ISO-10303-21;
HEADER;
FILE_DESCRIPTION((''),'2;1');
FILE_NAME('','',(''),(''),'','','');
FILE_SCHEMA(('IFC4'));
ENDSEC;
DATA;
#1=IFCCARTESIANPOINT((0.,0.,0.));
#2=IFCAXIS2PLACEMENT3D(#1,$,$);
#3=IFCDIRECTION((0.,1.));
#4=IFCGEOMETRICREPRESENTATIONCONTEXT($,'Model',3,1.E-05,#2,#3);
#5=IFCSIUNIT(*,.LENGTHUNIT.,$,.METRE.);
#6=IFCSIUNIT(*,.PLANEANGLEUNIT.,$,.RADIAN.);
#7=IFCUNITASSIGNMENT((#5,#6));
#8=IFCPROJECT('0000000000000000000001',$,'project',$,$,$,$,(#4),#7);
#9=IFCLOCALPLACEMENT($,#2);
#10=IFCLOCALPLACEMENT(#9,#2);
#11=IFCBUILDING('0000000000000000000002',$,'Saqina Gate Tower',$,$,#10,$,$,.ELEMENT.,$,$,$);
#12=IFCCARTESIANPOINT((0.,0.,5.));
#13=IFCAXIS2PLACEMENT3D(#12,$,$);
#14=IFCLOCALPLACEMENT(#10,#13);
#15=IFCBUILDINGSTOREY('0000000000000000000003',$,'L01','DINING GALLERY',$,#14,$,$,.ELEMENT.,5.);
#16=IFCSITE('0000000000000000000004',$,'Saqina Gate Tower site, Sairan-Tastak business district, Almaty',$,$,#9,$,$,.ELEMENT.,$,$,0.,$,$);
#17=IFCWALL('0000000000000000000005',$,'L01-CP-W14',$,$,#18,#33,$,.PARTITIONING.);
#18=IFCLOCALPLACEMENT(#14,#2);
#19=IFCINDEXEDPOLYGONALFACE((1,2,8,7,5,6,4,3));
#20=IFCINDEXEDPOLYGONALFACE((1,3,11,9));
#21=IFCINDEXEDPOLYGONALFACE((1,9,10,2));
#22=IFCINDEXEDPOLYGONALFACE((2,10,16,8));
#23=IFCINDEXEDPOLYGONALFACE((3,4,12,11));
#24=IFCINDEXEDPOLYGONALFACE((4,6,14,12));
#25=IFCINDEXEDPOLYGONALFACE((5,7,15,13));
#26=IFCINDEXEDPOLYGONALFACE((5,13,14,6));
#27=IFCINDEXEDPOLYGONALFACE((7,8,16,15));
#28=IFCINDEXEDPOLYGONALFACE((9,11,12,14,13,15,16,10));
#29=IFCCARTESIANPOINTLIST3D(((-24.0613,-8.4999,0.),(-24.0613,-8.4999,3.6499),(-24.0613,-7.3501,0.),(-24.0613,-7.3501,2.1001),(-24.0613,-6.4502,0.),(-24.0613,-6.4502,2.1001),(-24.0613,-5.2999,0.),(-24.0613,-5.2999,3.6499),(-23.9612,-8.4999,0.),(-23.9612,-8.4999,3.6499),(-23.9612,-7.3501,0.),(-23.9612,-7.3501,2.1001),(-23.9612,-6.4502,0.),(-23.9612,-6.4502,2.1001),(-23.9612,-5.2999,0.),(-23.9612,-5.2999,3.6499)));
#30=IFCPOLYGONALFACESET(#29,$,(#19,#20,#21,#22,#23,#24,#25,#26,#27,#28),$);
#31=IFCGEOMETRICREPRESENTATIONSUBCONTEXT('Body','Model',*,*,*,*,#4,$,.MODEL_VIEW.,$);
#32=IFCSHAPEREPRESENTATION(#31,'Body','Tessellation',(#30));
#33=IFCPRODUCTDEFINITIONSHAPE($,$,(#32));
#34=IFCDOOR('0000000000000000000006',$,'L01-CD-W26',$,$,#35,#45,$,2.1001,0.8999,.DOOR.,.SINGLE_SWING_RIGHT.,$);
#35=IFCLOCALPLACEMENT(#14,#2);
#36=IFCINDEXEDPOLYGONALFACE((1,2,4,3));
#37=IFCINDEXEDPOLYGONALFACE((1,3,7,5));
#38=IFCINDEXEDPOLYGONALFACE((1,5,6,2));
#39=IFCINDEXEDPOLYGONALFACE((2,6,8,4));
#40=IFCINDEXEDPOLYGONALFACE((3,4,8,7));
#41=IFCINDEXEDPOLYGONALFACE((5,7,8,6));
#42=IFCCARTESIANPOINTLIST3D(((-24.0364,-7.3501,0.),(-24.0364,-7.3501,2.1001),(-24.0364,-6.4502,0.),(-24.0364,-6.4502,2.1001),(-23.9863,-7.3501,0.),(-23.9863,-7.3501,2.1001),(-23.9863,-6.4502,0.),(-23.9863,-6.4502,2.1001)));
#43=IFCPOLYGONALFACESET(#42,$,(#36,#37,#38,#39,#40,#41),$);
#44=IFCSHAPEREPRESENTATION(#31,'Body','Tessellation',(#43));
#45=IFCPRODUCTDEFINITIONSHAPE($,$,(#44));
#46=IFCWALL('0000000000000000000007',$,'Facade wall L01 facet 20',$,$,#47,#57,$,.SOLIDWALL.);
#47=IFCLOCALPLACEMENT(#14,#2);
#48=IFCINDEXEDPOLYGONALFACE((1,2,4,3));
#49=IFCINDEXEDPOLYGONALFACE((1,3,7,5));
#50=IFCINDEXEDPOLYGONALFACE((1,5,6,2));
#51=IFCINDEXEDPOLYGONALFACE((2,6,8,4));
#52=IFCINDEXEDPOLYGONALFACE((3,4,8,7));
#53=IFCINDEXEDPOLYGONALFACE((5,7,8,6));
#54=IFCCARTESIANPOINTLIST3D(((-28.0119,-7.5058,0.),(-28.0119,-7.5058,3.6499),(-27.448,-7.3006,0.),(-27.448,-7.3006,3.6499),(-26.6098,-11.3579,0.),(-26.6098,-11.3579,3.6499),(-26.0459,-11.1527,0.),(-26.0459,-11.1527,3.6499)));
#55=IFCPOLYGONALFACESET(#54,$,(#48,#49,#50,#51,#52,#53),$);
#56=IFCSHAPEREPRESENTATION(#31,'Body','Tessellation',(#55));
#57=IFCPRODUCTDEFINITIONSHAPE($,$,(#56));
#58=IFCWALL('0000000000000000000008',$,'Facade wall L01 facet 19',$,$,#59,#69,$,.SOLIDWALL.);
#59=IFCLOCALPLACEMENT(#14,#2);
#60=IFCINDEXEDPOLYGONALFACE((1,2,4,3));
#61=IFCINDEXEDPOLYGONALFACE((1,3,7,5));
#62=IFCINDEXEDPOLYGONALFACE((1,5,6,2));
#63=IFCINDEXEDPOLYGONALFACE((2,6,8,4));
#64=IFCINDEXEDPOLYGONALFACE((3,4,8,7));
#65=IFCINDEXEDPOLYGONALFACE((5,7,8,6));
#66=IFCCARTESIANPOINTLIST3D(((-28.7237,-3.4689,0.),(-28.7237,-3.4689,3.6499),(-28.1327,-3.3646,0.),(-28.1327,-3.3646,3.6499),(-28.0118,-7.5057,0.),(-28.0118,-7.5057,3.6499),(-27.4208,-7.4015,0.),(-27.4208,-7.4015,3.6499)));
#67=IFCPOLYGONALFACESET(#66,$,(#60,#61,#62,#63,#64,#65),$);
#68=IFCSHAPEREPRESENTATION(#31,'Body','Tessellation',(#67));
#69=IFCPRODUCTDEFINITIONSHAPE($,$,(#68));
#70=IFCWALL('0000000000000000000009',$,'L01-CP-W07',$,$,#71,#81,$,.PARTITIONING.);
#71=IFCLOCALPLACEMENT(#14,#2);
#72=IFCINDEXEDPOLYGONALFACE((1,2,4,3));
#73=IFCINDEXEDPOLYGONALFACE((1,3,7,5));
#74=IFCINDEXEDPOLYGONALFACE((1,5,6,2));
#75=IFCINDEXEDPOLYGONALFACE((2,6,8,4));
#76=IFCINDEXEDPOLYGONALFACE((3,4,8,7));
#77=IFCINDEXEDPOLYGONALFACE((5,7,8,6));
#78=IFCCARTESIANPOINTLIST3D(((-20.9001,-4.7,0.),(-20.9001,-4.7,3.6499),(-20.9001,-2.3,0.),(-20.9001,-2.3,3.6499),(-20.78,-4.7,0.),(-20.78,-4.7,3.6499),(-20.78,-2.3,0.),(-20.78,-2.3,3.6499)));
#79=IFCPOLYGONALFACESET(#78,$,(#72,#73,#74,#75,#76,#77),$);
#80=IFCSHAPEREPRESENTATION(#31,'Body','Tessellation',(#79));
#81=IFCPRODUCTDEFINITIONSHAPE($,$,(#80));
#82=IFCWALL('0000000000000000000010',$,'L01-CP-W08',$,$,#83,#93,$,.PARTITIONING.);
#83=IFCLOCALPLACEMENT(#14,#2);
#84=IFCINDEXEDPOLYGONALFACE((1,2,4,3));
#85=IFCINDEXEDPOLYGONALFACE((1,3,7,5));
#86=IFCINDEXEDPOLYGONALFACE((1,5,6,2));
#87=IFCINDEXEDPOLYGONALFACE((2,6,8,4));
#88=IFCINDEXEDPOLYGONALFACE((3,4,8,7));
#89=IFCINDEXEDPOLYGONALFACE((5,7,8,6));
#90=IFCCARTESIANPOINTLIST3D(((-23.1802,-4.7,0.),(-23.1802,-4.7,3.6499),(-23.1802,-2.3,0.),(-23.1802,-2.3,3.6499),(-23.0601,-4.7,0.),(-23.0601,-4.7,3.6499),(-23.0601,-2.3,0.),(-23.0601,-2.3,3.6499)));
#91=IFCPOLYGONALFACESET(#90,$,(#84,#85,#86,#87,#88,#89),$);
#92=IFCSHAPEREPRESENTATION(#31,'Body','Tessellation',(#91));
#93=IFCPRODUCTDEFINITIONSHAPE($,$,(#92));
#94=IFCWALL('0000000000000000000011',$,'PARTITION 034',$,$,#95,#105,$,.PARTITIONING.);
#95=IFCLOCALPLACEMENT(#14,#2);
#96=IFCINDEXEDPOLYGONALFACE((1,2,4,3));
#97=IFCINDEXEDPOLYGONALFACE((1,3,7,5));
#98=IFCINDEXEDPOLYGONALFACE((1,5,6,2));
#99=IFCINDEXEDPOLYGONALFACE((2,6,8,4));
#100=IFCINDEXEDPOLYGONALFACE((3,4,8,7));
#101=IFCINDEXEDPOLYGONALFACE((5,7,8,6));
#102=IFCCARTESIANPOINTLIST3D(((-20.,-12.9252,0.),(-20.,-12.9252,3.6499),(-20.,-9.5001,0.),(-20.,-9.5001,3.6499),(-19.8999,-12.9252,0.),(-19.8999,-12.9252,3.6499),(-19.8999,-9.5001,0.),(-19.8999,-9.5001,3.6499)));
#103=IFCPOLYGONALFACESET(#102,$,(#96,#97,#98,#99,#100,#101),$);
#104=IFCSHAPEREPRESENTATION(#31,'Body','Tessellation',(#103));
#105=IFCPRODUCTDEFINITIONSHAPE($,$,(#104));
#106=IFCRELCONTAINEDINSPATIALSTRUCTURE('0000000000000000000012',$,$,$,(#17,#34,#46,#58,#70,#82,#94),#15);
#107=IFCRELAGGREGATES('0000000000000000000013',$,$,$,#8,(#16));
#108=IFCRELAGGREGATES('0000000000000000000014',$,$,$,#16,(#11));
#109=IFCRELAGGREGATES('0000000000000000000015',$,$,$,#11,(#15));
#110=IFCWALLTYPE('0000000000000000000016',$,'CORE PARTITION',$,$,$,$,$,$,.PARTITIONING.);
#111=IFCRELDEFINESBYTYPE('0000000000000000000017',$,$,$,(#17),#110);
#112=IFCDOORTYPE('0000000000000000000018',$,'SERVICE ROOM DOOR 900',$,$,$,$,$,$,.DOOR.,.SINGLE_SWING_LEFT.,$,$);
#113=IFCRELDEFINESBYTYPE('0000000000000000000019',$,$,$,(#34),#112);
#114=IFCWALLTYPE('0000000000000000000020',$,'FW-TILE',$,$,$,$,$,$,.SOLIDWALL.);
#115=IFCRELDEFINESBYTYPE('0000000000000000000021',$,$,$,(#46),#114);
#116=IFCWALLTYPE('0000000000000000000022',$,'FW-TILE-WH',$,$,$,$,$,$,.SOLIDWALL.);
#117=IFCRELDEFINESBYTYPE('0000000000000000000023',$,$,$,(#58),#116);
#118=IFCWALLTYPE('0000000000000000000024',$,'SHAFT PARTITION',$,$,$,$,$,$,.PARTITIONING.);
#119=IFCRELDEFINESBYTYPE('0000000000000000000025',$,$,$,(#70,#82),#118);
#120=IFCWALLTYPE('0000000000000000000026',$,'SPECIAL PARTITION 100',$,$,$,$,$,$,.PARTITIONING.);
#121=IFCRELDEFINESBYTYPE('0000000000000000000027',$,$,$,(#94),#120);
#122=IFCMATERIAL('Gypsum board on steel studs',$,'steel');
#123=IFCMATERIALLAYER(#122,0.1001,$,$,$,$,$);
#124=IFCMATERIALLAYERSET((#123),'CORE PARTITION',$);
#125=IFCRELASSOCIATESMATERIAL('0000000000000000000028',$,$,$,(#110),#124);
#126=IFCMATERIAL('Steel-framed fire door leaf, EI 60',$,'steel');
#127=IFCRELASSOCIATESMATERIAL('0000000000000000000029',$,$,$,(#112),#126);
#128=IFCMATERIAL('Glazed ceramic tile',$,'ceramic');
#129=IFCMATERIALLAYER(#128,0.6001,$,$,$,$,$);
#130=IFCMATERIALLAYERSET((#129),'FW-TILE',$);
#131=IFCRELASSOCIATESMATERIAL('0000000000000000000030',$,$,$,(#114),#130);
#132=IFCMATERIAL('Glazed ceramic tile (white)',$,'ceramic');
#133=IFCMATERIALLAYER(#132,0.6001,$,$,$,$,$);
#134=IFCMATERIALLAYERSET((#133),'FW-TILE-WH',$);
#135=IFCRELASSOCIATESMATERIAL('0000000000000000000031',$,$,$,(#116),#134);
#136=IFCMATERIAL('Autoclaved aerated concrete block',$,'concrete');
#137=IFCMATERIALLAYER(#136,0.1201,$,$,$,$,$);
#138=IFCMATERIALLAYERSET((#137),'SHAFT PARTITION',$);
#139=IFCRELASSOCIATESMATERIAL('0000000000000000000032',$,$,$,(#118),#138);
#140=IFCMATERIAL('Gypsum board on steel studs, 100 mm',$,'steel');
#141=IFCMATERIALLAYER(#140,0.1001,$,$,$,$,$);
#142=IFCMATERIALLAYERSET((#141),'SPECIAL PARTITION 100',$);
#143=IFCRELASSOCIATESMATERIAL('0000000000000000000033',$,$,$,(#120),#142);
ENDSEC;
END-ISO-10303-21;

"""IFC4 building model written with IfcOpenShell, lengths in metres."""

from ifc_helpers import new_model, si_unit, direction, frame, frame_2d, origin, place, context, subcontext, project, spatial, rectangle, extrude, material, layer, layer_set, type_object, element, fill, save


model = new_model("IFC4")

# Units and contexts
model_context = context("Model", 3, precision=1e-05, world=origin(), true_north=direction((0.0, 1.0)))
body_context = subcontext(model_context, "Body", "Model", "MODEL_VIEW")
ifc_project = project(units=[si_unit("LENGTHUNIT", "METRE"), si_unit("PLANEANGLEUNIT", "RADIAN")], contexts=[model_context])

# Site, building, storey
site_placement = place(None, origin())
site = spatial("IfcSite", under=ifc_project, at=site_placement, Name="Saqina Gate Tower site, Sairan-Tastak business district, Almaty", CompositionType="ELEMENT", RefElevation=0.0)
building_placement = place(site_placement, origin())
building = spatial("IfcBuilding", under=site, at=building_placement, Name="Saqina Gate Tower", CompositionType="ELEMENT")
storey_placement = place(building_placement, frame((0.0, 0.0, 5.0)))
storey = spatial("IfcBuildingStorey", under=building, at=storey_placement, Name="L01", Description="DINING GALLERY", CompositionType="ELEMENT", Elevation=5.0)

# Wall, opening, door
ifc_material_1 = material(Name="Gypsum board on steel studs", Category="steel")
ifc_layer_1 = layer(ifc_material_1, 0.1001)
ifc_layer_set_1 = layer_set([ifc_layer_1], Name="CORE PARTITION")
wall_type_1 = type_object("IfcWallType", Name="CORE PARTITION", PredefinedType="PARTITIONING", material=ifc_layer_set_1)
ifc_material_2 = material(Name="Steel-framed fire door leaf, EI 60", Category="steel")
door_type_1 = type_object("IfcDoorType", Name="SERVICE ROOM DOOR 900", OperationType="SINGLE_SWING_LEFT", PredefinedType="DOOR", material=ifc_material_2)
wall_1_placement = place(storey_placement, frame((-24.0112, -8.5, 0.0), z_axis=(0.0, 0.0, 1.0), x_axis=(0.0, 1.0, 0.0)))
wall_1 = element("IfcWall", 1, at=wall_1_placement, inside=storey, type_object=wall_type_1, Name="L01-CP-W14", PredefinedType="PARTITIONING", context=body_context, shape_type="SweptSolid", body=[
    extrude(rectangle(XDim=3.2, YDim=0.1001, at=frame_2d((1.6001, 0.0))), origin(), (0.0, 0.0, 1.0), 3.6499),
])
opening_1_placement = place(wall_1_placement, frame((1.1499, 0.0, 0.0)))
opening_1 = element("IfcOpeningElement", 2, at=opening_1_placement, cuts=wall_1, PredefinedType="OPENING", context=body_context, shape_type="SweptSolid", body=[
    extrude(rectangle(XDim=0.8999, YDim=2.1001, at=frame_2d((0.45, 1.05))), frame((0.0, 0.062, 0.0), z_axis=(0.0, -1.0, 0.0), x_axis=(1.0, 0.0, 0.0)), (0.0, 0.0, 1.0), 0.124),
])
door_1_placement = place(opening_1_placement, frame((0.8999, 0.0, 0.0), z_axis=(0.0, 0.0, 1.0), x_axis=(-1.0, 0.0, 0.0)))
door_1 = element("IfcDoor", 3, at=door_1_placement, inside=storey, type_object=door_type_1, Name="L01-CD-W26", OperationType="SINGLE_SWING_RIGHT", OverallHeight=2.1001, OverallWidth=0.8999, PredefinedType="DOOR", context=body_context, shape_type="SweptSolid", body=[
    extrude(rectangle(XDim=0.8999, YDim=2.1001, at=frame_2d((0.45, 1.05))), frame((0.0, 0.0249, 0.0), z_axis=(0.0, -1.0, 0.0), x_axis=(1.0, 0.0, 0.0)), (0.0, 0.0, 1.0), 0.05),
])
fill(opening_1, door_1)

# Walls
ifc_material_3 = material(Name="Glazed ceramic tile", Category="ceramic")
ifc_layer_2 = layer(ifc_material_3, 0.6001)
ifc_layer_set_2 = layer_set([ifc_layer_2], Name="FW-TILE")
wall_type_2 = type_object("IfcWallType", Name="FW-TILE", PredefinedType="SOLIDWALL", material=ifc_layer_set_2)
wall_2_placement = place(storey_placement, frame((-27.73, -7.4031, 0.0), z_axis=(0.0, 0.0, 1.0), x_axis=(0.342035, -0.939687, 0.0)))
element("IfcWall", 4, at=wall_2_placement, inside=storey, type_object=wall_type_2, Name="Facade wall L01 facet 20", PredefinedType="SOLIDWALL", context=body_context, shape_type="SweptSolid", body=[
    extrude(rectangle(XDim=4.0994, YDim=0.6001, at=frame_2d((2.0498, 0.0))), origin(), (0.0, 0.0, 1.0), 3.6499),
])
ifc_material_4 = material(Name="Glazed ceramic tile (white)", Category="ceramic")
ifc_layer_3 = layer(ifc_material_4, 0.6001)
ifc_layer_set_3 = layer_set([ifc_layer_3], Name="FW-TILE-WH")
wall_type_3 = type_object("IfcWallType", Name="FW-TILE-WH", PredefinedType="SOLIDWALL", material=ifc_layer_set_3)
wall_3_placement = place(storey_placement, frame((-28.4282, -3.4167, 0.0), z_axis=(0.0, 0.0, 1.0), x_axis=(0.173673, -0.984803, 0.0)))
element("IfcWall", 5, at=wall_3_placement, inside=storey, type_object=wall_type_3, Name="Facade wall L01 facet 19", PredefinedType="SOLIDWALL", context=body_context, shape_type="SweptSolid", body=[
    extrude(rectangle(XDim=4.0991, YDim=0.6001, at=frame_2d((2.0496, 0.0))), origin(), (0.0, 0.0, 1.0), 3.6499),
])
ifc_material_5 = material(Name="Autoclaved aerated concrete block", Category="concrete")
ifc_layer_4 = layer(ifc_material_5, 0.1201)
ifc_layer_set_4 = layer_set([ifc_layer_4], Name="SHAFT PARTITION")
wall_type_4 = type_object("IfcWallType", Name="SHAFT PARTITION", PredefinedType="PARTITIONING", material=ifc_layer_set_4)
for number, where, z_axis, x_axis, name in (
    (6, (-20.8401, -4.7, 0.0), (0.0, 0.0, 1.0), (0.0, 1.0, 0.0), "L01-CP-W07"),
    (7, (-23.1201, -4.7, 0.0), (0.0, 0.0, 1.0), (0.0, 1.0, 0.0), "L01-CP-W08"),
):
    element("IfcWall", number, at=place(storey_placement, frame(where, z_axis=z_axis, x_axis=x_axis)), inside=storey, type_object=wall_type_4, Name=name, PredefinedType="PARTITIONING", context=body_context, shape_type="SweptSolid", body=[
        extrude(rectangle(XDim=2.3999, YDim=0.1201, at=frame_2d((1.2, 0.0))), origin(), (0.0, 0.0, 1.0), 3.6499),
    ])
ifc_material_6 = material(Name="Gypsum board on steel studs, 100 mm", Category="steel")
ifc_layer_5 = layer(ifc_material_6, 0.1001)
ifc_layer_set_5 = layer_set([ifc_layer_5], Name="SPECIAL PARTITION 100")
wall_type_5 = type_object("IfcWallType", Name="SPECIAL PARTITION 100", PredefinedType="PARTITIONING", material=ifc_layer_set_5)
wall_4_placement = place(storey_placement, frame((-19.95, -12.925, 0.0), z_axis=(0.0, 0.0, 1.0), x_axis=(0.0, 1.0, 0.0)))
element("IfcWall", 8, at=wall_4_placement, inside=storey, type_object=wall_type_5, Name="PARTITION 034", PredefinedType="PARTITIONING", context=body_context, shape_type="SweptSolid", body=[
    extrude(rectangle(XDim=3.425, YDim=0.1001, at=frame_2d((1.7124, 0.0))), origin(), (0.0, 0.0, 1.0), 3.6499),
])

save(model, "model.ifc")
